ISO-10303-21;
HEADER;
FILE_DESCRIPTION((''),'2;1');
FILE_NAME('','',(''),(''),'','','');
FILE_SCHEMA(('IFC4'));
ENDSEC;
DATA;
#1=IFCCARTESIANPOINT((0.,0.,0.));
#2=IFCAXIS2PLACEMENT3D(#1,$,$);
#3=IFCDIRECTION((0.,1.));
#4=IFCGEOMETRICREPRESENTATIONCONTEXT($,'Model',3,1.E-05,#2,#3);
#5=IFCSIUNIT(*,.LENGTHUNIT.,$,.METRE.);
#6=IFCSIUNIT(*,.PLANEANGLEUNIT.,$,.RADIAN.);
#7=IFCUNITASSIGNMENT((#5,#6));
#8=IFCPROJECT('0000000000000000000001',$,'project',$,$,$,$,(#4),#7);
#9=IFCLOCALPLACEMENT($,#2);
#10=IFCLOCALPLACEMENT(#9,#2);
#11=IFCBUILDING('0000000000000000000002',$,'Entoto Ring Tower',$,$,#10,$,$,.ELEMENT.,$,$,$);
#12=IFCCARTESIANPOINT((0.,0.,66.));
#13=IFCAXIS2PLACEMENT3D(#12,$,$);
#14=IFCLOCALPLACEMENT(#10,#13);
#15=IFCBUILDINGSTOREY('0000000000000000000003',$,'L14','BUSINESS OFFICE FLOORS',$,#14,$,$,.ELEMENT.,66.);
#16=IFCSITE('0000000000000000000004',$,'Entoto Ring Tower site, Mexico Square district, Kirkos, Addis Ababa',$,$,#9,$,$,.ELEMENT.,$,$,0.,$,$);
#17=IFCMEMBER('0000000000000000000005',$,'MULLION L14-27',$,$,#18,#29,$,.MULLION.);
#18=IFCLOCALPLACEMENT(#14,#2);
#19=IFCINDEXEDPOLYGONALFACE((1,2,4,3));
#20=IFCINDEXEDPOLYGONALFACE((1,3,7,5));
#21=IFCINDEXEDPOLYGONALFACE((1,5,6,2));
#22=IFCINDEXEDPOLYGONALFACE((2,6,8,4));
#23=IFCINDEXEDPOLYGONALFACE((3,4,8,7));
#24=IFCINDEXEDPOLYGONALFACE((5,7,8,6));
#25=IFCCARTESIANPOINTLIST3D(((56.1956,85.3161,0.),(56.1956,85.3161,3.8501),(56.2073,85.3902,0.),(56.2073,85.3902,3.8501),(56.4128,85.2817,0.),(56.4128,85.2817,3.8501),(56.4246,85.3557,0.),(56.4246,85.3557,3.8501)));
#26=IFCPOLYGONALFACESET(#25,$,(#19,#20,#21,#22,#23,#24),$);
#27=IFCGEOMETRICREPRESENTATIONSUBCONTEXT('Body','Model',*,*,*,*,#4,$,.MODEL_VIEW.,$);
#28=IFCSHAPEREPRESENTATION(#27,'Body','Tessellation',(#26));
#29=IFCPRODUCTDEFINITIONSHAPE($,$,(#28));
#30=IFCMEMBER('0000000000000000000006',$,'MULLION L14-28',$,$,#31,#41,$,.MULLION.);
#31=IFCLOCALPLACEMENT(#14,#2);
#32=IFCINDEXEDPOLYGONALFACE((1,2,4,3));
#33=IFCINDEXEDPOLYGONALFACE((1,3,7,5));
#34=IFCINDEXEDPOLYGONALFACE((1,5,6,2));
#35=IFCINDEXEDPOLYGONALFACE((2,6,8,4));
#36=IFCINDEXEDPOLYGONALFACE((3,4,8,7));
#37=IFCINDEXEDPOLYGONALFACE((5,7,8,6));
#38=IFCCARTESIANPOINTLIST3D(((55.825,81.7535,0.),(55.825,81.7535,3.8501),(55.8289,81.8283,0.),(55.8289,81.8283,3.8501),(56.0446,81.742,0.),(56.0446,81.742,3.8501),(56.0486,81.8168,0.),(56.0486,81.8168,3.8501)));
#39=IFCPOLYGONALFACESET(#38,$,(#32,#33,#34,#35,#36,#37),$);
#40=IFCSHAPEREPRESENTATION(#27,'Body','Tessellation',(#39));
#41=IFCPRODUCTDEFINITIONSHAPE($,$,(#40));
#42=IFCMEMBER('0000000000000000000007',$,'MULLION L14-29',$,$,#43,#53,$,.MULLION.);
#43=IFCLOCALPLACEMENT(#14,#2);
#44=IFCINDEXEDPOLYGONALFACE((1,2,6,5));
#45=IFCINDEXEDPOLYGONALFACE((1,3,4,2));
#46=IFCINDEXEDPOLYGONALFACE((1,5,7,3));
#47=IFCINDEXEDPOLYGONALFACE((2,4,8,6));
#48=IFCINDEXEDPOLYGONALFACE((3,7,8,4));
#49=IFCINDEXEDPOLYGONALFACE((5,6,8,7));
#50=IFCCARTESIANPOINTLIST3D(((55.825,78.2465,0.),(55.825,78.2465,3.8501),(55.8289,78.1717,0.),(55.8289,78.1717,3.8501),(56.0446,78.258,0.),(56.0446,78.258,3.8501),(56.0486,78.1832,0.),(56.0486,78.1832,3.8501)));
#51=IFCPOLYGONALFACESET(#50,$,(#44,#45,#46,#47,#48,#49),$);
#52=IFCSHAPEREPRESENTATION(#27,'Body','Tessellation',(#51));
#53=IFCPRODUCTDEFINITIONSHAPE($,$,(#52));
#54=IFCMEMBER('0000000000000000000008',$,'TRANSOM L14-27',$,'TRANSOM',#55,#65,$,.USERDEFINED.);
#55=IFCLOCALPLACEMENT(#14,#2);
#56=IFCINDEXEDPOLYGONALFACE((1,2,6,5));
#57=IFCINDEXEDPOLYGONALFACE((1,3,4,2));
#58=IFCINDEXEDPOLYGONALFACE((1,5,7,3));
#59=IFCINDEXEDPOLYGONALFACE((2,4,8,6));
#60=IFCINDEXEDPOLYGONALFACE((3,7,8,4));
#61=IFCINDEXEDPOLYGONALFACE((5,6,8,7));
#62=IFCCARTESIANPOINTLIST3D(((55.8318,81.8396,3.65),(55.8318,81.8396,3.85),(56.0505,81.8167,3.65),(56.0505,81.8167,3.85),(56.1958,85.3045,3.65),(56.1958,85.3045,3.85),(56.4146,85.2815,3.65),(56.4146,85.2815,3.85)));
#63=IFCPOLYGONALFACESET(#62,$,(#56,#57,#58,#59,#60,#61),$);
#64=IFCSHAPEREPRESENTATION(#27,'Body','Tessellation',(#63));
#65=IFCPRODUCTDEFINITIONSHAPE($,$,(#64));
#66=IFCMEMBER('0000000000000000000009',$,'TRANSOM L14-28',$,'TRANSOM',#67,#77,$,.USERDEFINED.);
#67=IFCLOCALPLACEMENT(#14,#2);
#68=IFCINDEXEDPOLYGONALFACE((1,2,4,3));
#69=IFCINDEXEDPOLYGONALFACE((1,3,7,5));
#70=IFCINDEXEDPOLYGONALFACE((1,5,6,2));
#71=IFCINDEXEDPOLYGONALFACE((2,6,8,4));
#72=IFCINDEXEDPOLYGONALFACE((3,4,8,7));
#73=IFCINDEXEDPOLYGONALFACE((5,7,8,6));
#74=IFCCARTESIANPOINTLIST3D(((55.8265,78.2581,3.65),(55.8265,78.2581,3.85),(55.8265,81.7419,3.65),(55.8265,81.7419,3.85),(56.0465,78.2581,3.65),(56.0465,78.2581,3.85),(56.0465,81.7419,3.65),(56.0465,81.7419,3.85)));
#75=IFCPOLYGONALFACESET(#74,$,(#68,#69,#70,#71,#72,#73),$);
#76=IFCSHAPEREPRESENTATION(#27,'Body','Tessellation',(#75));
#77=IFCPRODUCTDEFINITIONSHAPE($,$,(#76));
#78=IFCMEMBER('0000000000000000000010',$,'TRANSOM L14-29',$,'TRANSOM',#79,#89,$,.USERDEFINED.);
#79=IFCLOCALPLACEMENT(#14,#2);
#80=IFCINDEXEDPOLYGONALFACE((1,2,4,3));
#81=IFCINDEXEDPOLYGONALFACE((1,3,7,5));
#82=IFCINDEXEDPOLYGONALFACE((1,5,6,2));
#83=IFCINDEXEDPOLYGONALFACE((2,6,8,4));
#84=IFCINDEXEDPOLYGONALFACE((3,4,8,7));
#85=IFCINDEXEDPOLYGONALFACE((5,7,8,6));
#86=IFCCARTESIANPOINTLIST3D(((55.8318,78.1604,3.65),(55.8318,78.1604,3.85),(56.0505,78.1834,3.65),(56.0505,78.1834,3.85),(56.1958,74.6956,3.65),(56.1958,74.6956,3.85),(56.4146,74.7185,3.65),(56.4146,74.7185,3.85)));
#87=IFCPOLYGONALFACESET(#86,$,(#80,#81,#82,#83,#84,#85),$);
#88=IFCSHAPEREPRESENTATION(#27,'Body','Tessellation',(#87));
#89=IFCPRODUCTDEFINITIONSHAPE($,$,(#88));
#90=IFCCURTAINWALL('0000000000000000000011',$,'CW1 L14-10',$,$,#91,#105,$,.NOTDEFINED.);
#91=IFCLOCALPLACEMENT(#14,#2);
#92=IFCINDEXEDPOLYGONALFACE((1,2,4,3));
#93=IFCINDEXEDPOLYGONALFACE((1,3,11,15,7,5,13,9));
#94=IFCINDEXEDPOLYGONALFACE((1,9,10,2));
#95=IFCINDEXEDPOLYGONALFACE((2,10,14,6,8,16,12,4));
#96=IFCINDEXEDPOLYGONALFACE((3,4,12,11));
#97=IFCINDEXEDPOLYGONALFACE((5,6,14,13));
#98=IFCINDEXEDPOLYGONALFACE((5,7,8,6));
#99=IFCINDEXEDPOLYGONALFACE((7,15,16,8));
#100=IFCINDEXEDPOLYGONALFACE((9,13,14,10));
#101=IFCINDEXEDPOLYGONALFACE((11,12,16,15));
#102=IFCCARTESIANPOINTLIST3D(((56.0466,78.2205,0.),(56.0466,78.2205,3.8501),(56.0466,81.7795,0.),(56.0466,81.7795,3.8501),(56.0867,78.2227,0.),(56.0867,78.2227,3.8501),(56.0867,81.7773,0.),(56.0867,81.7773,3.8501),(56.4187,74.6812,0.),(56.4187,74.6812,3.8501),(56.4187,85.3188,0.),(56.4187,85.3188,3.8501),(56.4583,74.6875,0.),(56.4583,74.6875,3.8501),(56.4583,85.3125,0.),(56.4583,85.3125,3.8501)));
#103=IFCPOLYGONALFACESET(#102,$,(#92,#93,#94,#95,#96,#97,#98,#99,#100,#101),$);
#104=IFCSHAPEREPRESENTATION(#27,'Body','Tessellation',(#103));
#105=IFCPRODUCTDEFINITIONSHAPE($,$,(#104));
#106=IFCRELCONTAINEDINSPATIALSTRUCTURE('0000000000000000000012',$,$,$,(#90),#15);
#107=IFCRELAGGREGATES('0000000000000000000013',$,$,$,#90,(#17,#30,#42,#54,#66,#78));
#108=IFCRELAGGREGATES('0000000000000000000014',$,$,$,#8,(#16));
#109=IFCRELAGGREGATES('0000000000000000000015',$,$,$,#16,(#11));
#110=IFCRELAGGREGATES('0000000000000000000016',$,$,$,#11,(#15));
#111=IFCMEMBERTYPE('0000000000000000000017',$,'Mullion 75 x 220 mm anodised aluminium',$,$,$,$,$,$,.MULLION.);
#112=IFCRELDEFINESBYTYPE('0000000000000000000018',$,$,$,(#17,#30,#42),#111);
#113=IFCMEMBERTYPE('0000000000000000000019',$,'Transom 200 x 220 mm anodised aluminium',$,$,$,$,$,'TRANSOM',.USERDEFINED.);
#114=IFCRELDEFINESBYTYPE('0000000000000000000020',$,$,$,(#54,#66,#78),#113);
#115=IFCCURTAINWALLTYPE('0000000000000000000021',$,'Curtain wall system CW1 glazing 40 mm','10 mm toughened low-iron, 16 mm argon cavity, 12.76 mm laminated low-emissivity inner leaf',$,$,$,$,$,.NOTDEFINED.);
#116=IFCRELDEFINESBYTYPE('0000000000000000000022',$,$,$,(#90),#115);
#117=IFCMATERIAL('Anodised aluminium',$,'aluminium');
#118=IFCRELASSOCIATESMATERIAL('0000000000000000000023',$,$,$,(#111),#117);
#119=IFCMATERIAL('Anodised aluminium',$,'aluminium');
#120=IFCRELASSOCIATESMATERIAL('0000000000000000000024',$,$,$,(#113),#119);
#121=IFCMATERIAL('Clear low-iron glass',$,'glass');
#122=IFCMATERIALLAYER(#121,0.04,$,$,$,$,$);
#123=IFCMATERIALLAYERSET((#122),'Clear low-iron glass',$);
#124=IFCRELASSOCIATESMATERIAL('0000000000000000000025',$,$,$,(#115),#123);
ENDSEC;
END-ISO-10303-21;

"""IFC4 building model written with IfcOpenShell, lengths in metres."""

from ifc_helpers import new_model, si_unit, direction, frame, origin, origin_2d, place, context, subcontext, project, spatial, polyline, rectangle, outline, extrude, material, layer, layer_set, material_profile, profile_set, type_object, element, aggregate, save


model = new_model("IFC4")

# Units and contexts
model_context = context("Model", 3, precision=1e-05, world=origin(), true_north=direction((0.0, 1.0)))
body_context = subcontext(model_context, "Body", "Model", "MODEL_VIEW")
ifc_project = project(units=[si_unit("LENGTHUNIT", "METRE"), si_unit("PLANEANGLEUNIT", "RADIAN")], contexts=[model_context])

# Members
ifc_material_1 = material(Name="Anodised aluminium", Category="aluminium")
ifc_material_profile_1 = material_profile(ifc_material_1, rectangle(XDim=0.075, YDim=0.22, at=origin_2d()), Name="Mullion 75 x 220 mm anodised aluminium")
ifc_profile_set_1 = profile_set([ifc_material_profile_1], Name="Anodised aluminium")
member_type_1 = type_object("IfcMemberType", Name="Mullion 75 x 220 mm anodised aluminium", PredefinedType="MULLION", material=ifc_profile_set_1)
site_placement = place(None, origin())
building_placement = place(site_placement, origin())
storey_placement = place(building_placement, frame((0.0, 0.0, 66.0)))
member_1_placement = place(storey_placement, frame((56.3101, 85.3359, 0.0), z_axis=(0.0, 0.0, 1.0), x_axis=(-0.156434, -0.987688, 0.0)))
member_1 = element("IfcMember", 1, at=member_1_placement, type_object=member_type_1, Name="MULLION L14-27", PredefinedType="MULLION", context=body_context, shape_type="SweptSolid", body=[
    extrude(rectangle(XDim=0.075, YDim=0.22, at=origin_2d()), origin(), (0.0, 0.0, 1.0), 3.8501),
])
member_2_placement = place(storey_placement, frame((55.9368, 81.7852, 0.0), z_axis=(0.0, 0.0, 1.0), x_axis=(-0.052336, -0.99863, 0.0)))
member_2 = element("IfcMember", 2, at=member_2_placement, type_object=member_type_1, Name="MULLION L14-28", PredefinedType="MULLION", context=body_context, shape_type="SweptSolid", body=[
    extrude(rectangle(XDim=0.075, YDim=0.22, at=origin_2d()), origin(), (0.0, 0.0, 1.0), 3.8501),
])
member_3_placement = place(storey_placement, frame((55.9368, 78.2148, 0.0), z_axis=(0.0, 0.0, 1.0), x_axis=(0.052336, -0.99863, 0.0)))
member_3 = element("IfcMember", 3, at=member_3_placement, type_object=member_type_1, Name="MULLION L14-29", PredefinedType="MULLION", context=body_context, shape_type="SweptSolid", body=[
    extrude(rectangle(XDim=0.075, YDim=0.22, at=origin_2d()), origin(), (0.0, 0.0, 1.0), 3.8501),
])
ifc_material_2 = material(Name="Anodised aluminium", Category="aluminium")
ifc_material_profile_2 = material_profile(ifc_material_2, rectangle(XDim=0.22, YDim=0.2, at=origin_2d()), Name="Transom 200 x 220 mm anodised aluminium")
ifc_profile_set_2 = profile_set([ifc_material_profile_2], Name="Anodised aluminium")
member_type_2 = type_object("IfcMemberType", Name="Transom 200 x 220 mm anodised aluminium", ElementType="TRANSOM", PredefinedType="USERDEFINED", material=ifc_profile_set_2)
member_4_placement = place(storey_placement, frame((56.3052, 85.293, 3.75), z_axis=(-0.104484, -0.994527, 0.0), x_axis=(0.994527, -0.104484, 0.0)))
member_4 = element("IfcMember", 4, at=member_4_placement, type_object=member_type_2, Name="TRANSOM L14-27", ObjectType="TRANSOM", PredefinedType="USERDEFINED", context=body_context, shape_type="SweptSolid", body=[
    extrude(rectangle(XDim=0.22, YDim=0.2, at=origin_2d()), origin(), (0.0, 0.0, 1.0), 3.4839),
])
member_5_placement = place(storey_placement, frame((55.9365, 81.7419, 3.75), z_axis=(0.0, -1.0, 0.0), x_axis=(1.0, 0.0, 0.0)))
member_5 = element("IfcMember", 5, at=member_5_placement, type_object=member_type_2, Name="TRANSOM L14-28", ObjectType="TRANSOM", PredefinedType="USERDEFINED", context=body_context, shape_type="SweptSolid", body=[
    extrude(rectangle(XDim=0.22, YDim=0.2, at=origin_2d()), origin(), (0.0, 0.0, 1.0), 3.4839),
])
member_6_placement = place(storey_placement, frame((55.9412, 78.1719, 3.75), z_axis=(0.104484, -0.994527, 0.0), x_axis=(0.994527, 0.104484, 0.0)))
member_6 = element("IfcMember", 6, at=member_6_placement, type_object=member_type_2, Name="TRANSOM L14-29", ObjectType="TRANSOM", PredefinedType="USERDEFINED", context=body_context, shape_type="SweptSolid", body=[
    extrude(rectangle(XDim=0.22, YDim=0.2, at=origin_2d()), origin(), (0.0, 0.0, 1.0), 3.4839),
])

# Site, building, storey
site = spatial("IfcSite", under=ifc_project, at=site_placement, Name="Entoto Ring Tower site, Mexico Square district, Kirkos, Addis Ababa", CompositionType="ELEMENT", RefElevation=0.0)
building = spatial("IfcBuilding", under=site, at=building_placement, Name="Entoto Ring Tower", CompositionType="ELEMENT")
storey = spatial("IfcBuildingStorey", under=building, at=storey_placement, Name="L14", Description="BUSINESS OFFICE FLOORS", CompositionType="ELEMENT", Elevation=66.0)

# Curtain wall
ifc_material_3 = material(Name="Clear low-iron glass", Category="glass")
ifc_layer = layer(ifc_material_3, 0.04)
ifc_layer_set = layer_set([ifc_layer], Name="Clear low-iron glass")
curtain_wall_type = type_object("IfcCurtainWallType", Name="Curtain wall system CW1 glazing 40 mm", Description="10 mm toughened low-iron, 16 mm argon cavity, 12.76 mm laminated low-emissivity inner leaf", PredefinedType="NOTDEFINED", material=ifc_layer_set)
curtain_wall_1_placement = place(storey_placement, origin())
curtain_wall_1 = element("IfcCurtainWall", 7, at=curtain_wall_1_placement, inside=storey, type_object=curtain_wall_type, Name="CW1 L14-10", PredefinedType="NOTDEFINED", context=body_context, shape_type="SweptSolid", body=[
    extrude(outline(polyline([(56.4187, 85.3188), (56.0466, 81.7795), (56.0466, 78.2205), (56.4187, 74.6812), (56.4583, 74.6875), (56.0867, 78.2227), (56.0867, 81.7773), (56.4583, 85.3125), (56.4187, 85.3188)])), origin(), (0.0, 0.0, 1.0), 3.8501),
])
aggregate(curtain_wall_1, [member_1, member_2, member_3, member_4, member_5, member_6])

save(model, "model.ifc")
